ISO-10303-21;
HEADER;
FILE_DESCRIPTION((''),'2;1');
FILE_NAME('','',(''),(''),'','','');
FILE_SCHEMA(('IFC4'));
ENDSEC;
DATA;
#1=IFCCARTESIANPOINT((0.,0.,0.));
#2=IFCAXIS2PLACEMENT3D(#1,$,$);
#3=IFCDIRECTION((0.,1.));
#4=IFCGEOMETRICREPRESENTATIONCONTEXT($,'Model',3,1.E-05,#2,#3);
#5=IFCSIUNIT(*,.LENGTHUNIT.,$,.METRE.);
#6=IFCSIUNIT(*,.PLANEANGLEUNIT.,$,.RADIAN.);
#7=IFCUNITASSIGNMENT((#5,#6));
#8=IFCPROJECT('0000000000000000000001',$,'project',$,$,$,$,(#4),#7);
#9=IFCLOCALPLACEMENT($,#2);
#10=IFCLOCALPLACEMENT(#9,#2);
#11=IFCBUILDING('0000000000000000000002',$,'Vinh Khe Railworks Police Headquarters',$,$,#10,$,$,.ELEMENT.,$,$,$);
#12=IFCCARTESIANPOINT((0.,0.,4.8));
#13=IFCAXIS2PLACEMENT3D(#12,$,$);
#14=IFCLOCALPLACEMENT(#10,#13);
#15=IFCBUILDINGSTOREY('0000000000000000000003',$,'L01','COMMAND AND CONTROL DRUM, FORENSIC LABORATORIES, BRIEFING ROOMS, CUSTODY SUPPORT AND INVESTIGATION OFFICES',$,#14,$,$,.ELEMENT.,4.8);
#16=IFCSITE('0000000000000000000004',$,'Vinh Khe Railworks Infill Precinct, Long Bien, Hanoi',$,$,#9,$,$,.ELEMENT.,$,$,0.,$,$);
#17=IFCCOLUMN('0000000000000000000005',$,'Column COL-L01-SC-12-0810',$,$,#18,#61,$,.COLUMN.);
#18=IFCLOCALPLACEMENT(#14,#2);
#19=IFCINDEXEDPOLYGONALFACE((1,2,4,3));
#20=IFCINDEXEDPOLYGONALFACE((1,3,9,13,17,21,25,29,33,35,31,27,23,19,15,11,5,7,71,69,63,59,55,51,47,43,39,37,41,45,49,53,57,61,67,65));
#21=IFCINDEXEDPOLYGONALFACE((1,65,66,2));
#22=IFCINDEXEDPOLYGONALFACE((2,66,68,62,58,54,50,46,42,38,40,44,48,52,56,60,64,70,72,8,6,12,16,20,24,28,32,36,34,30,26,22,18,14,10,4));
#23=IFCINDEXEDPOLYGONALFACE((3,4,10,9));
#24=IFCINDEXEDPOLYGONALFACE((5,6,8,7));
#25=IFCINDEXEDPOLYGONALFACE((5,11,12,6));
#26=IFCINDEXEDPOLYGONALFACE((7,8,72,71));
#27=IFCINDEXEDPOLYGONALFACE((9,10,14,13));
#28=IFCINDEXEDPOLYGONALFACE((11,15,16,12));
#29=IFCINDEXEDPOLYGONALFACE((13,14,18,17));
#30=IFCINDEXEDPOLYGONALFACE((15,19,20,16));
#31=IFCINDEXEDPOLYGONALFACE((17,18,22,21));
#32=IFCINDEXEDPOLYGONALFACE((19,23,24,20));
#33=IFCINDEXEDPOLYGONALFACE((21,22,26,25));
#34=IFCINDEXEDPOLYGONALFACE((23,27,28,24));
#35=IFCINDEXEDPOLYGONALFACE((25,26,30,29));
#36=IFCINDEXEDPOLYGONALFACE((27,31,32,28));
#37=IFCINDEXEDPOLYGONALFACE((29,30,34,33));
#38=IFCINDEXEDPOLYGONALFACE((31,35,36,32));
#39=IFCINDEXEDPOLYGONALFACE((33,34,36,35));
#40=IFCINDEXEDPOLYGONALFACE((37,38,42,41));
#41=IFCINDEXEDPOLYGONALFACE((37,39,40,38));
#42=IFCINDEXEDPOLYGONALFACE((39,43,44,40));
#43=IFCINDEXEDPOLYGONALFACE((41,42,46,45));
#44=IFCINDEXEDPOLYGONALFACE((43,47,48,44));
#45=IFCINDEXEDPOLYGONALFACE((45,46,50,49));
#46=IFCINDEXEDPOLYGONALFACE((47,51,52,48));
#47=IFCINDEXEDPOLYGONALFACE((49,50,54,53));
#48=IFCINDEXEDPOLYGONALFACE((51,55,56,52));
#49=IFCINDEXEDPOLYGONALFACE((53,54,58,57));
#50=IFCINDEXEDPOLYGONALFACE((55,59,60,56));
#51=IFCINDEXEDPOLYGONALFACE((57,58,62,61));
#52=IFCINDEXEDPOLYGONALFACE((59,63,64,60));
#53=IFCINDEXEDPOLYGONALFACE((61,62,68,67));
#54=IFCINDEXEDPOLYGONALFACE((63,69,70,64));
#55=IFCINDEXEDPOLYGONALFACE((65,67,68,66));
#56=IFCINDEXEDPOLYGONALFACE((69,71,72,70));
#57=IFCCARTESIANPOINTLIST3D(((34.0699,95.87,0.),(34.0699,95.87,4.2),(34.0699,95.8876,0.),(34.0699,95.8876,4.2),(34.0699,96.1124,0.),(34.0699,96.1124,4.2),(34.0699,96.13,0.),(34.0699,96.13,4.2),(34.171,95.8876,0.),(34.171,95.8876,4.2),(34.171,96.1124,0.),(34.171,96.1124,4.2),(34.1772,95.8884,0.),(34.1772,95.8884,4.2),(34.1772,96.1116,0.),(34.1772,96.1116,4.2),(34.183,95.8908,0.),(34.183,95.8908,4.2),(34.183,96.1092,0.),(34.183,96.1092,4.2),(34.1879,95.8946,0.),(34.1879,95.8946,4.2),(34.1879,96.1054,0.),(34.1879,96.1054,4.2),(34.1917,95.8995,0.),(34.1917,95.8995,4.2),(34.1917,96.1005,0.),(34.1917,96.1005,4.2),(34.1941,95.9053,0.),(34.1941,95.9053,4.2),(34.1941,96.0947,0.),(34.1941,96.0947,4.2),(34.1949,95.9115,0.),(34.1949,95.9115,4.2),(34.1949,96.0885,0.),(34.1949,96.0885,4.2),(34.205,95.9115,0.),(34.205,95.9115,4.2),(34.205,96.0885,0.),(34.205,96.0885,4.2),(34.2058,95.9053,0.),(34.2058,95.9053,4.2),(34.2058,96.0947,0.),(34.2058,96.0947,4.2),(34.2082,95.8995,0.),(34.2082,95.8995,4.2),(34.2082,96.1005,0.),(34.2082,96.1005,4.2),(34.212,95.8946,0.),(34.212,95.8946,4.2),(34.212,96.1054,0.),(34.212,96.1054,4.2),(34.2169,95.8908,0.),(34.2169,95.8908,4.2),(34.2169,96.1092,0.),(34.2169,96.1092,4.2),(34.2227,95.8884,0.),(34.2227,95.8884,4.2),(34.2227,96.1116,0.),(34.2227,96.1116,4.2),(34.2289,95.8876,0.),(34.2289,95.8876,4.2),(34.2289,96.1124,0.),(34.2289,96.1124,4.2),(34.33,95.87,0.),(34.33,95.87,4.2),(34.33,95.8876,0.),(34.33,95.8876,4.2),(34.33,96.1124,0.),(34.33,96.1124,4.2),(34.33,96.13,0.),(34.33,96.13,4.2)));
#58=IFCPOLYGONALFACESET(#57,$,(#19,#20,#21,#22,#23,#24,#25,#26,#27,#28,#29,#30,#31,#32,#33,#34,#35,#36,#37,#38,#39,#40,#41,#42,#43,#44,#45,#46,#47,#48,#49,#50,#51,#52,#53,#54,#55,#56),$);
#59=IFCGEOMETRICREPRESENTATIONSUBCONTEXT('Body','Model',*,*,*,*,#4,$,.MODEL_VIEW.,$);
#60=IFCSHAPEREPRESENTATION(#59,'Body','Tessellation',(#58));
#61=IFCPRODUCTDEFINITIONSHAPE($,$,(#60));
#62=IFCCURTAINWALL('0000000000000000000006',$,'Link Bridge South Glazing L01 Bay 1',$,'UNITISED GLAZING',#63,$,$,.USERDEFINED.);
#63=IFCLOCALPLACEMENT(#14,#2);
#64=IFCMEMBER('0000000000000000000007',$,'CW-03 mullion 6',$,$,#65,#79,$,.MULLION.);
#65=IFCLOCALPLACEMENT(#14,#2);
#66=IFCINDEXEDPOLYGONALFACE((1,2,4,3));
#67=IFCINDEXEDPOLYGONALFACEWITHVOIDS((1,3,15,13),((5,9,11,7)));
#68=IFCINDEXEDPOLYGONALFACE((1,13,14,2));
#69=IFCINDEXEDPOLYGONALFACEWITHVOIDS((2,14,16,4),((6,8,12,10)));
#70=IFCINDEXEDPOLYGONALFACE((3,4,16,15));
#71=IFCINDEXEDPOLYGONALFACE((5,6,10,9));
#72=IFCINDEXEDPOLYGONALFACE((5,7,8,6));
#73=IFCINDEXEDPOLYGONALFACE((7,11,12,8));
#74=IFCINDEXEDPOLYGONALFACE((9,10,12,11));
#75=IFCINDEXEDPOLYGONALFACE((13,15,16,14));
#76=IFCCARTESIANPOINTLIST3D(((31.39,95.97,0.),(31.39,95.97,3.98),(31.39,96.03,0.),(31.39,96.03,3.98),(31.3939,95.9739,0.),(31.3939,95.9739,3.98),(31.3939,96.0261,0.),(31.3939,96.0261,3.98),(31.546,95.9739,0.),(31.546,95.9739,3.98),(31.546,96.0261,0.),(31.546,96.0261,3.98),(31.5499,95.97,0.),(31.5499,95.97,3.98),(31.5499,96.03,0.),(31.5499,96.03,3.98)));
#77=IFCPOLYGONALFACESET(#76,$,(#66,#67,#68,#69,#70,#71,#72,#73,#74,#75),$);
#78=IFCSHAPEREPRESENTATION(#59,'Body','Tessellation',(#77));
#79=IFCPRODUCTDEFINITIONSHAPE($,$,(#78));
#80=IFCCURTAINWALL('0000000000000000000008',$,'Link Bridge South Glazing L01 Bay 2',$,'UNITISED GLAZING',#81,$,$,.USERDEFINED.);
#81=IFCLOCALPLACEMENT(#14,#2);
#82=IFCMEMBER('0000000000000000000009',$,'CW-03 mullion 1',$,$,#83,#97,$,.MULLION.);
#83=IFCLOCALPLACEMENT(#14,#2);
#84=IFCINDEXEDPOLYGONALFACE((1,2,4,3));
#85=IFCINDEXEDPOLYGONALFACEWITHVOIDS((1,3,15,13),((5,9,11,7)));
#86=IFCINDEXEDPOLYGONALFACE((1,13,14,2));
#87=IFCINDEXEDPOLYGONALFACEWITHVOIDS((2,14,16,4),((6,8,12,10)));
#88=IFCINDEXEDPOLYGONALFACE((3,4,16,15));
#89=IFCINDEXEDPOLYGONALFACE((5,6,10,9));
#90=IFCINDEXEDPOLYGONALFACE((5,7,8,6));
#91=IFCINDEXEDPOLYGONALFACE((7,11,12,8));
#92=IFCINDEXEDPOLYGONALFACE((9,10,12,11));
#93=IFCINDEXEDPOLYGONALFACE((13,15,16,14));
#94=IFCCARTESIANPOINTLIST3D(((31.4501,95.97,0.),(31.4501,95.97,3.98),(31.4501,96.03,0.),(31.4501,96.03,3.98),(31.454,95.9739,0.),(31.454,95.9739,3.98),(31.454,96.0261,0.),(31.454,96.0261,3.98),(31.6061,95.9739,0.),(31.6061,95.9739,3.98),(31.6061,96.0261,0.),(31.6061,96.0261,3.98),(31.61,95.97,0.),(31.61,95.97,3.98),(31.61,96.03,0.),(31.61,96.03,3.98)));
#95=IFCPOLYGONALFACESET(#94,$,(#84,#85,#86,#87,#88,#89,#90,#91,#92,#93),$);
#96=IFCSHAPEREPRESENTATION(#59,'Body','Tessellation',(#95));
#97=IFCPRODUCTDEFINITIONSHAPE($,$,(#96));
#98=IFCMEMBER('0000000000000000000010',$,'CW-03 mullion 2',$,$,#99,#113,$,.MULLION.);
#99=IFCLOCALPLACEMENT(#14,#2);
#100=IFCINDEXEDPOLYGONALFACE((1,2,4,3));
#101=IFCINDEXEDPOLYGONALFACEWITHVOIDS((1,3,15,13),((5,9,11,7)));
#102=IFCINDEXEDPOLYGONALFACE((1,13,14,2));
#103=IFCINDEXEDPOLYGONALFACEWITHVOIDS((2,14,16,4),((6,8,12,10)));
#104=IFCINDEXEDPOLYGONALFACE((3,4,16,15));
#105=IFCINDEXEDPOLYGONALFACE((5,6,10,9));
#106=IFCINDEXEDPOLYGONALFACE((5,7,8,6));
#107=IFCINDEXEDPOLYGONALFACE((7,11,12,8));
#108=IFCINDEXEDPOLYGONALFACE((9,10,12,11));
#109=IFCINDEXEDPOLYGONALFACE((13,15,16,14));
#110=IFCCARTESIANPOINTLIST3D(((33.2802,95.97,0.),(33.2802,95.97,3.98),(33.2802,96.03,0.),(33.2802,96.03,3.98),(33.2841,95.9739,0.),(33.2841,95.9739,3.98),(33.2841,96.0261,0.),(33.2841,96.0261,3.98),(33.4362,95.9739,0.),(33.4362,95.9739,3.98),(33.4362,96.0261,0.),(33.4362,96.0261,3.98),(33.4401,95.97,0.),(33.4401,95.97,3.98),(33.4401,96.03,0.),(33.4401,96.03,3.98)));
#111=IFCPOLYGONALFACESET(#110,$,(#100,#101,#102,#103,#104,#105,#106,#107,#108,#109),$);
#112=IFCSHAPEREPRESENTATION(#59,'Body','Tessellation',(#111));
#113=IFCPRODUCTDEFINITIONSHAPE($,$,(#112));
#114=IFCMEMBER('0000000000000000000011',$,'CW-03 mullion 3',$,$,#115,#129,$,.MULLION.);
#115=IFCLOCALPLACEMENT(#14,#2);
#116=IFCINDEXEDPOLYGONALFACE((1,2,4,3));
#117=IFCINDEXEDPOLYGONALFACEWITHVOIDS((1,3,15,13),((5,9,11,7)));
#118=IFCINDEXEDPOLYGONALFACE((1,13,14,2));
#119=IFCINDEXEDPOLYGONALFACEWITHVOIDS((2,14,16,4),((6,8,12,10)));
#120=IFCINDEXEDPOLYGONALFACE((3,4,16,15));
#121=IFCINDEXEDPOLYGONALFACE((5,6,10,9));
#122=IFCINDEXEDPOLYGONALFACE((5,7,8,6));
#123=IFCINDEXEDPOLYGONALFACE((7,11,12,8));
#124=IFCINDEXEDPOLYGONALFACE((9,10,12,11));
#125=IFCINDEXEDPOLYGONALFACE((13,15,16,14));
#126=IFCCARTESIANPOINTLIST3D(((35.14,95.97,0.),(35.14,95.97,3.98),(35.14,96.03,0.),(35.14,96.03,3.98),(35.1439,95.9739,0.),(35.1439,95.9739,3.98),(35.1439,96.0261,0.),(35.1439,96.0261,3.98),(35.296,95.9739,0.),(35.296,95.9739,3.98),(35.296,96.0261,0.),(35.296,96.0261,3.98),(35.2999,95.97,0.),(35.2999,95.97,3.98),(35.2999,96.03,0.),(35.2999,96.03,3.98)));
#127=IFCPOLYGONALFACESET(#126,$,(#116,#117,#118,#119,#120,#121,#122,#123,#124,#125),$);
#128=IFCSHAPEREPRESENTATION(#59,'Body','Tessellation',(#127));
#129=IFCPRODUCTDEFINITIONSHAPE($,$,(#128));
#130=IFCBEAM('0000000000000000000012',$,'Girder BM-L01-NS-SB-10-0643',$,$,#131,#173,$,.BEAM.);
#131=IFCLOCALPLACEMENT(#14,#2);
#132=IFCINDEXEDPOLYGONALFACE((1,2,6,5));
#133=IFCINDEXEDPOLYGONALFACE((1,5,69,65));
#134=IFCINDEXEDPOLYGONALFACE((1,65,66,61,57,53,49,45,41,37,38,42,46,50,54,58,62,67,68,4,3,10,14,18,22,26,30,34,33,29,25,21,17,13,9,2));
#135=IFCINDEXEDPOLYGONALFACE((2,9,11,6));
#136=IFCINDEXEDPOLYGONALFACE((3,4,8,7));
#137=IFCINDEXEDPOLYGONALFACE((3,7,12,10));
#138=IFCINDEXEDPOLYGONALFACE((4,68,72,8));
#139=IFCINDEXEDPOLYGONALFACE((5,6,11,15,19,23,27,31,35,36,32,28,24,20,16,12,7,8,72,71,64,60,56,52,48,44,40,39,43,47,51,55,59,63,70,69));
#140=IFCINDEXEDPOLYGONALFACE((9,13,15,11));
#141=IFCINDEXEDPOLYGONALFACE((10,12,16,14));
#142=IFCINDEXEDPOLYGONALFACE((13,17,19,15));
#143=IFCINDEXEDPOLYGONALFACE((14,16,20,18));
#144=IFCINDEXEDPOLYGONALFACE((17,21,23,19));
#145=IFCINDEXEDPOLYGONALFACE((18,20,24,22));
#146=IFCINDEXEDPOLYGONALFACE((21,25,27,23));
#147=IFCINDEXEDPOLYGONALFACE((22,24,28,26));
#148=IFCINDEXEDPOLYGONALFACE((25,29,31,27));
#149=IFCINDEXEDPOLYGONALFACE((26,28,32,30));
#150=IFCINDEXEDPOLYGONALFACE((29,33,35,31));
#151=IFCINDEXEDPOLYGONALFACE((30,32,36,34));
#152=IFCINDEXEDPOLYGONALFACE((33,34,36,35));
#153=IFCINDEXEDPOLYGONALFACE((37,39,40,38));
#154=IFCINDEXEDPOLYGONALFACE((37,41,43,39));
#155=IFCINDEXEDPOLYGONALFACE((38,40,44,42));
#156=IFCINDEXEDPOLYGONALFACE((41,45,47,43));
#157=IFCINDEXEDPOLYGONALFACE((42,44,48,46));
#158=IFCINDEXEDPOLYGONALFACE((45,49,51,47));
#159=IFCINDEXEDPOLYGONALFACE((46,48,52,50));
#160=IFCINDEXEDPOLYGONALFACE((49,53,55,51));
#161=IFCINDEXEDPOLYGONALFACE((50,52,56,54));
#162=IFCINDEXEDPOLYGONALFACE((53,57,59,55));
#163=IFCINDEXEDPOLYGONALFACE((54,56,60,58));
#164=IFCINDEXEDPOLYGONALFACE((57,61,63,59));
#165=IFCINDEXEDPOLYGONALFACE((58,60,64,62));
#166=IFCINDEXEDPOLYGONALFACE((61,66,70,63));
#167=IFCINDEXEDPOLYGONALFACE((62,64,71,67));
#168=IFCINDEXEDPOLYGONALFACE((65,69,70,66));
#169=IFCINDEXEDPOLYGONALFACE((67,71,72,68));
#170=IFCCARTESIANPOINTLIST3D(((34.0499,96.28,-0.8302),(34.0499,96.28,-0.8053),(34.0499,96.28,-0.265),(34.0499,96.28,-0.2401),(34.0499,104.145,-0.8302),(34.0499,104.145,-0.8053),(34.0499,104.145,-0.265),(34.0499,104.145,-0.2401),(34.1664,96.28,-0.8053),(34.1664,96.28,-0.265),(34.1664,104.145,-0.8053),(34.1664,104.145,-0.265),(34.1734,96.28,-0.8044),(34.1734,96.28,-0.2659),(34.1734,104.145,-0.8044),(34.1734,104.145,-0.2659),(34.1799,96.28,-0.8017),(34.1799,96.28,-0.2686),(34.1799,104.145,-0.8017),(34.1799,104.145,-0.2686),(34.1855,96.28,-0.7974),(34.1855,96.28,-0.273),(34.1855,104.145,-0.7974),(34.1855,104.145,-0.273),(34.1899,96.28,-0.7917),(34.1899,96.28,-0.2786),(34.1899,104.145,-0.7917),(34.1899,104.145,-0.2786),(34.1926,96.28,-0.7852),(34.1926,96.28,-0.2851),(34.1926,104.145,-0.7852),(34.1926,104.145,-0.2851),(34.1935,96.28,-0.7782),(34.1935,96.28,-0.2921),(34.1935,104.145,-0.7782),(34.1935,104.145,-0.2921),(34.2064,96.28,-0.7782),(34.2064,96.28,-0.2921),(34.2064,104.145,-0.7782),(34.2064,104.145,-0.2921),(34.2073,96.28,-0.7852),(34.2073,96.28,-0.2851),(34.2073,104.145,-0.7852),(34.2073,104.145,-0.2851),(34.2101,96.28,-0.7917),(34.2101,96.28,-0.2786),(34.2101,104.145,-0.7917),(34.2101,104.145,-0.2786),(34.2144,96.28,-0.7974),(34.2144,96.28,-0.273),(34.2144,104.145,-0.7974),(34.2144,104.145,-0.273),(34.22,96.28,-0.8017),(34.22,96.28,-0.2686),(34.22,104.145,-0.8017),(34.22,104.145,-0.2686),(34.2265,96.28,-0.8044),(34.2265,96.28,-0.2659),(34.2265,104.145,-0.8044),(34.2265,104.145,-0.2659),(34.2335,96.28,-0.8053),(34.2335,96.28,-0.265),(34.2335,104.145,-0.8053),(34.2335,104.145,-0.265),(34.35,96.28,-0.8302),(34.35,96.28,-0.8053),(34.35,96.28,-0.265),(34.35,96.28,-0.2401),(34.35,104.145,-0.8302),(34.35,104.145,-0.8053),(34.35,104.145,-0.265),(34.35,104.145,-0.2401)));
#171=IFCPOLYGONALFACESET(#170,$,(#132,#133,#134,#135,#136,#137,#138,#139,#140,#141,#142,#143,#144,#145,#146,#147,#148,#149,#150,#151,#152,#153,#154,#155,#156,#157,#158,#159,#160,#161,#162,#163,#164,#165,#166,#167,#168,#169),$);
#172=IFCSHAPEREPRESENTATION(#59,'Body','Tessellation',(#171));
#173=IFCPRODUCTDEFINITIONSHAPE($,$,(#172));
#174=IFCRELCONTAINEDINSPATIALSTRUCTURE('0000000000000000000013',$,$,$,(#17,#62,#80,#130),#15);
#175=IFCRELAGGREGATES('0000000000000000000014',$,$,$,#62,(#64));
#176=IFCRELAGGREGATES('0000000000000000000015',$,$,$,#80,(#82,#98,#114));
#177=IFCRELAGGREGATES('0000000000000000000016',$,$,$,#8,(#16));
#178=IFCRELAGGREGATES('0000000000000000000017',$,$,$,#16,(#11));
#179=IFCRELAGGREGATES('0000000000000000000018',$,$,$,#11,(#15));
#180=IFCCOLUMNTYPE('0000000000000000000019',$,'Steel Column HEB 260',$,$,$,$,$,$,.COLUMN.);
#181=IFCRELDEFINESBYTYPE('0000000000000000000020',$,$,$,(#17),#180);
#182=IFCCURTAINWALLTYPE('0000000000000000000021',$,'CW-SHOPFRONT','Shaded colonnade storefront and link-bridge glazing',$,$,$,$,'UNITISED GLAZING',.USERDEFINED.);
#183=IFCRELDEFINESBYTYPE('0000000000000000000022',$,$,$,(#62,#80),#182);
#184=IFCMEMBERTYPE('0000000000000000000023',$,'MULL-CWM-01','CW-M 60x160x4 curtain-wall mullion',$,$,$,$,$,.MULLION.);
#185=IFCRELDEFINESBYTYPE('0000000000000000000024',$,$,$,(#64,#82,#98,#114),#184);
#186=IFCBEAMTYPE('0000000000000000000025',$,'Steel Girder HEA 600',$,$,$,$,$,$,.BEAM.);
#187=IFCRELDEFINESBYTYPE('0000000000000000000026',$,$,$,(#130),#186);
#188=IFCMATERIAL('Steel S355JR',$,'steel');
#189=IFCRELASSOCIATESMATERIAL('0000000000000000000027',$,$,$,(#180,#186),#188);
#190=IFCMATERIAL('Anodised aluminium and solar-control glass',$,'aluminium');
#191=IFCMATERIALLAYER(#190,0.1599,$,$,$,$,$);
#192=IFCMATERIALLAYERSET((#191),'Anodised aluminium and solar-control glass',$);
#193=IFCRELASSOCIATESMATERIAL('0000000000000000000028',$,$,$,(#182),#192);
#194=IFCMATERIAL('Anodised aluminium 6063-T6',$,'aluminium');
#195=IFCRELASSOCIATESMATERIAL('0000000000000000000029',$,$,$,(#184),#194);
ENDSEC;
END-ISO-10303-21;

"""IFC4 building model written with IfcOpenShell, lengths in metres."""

from ifc_helpers import new_model, si_unit, direction, frame, origin, origin_2d, place, context, subcontext, project, spatial, hollow_rectangle, i_section, extrude, material, layer, layer_set, material_profile, profile_set, type_object, element, aggregate, save


model = new_model("IFC4")

# Units and contexts
model_context = context("Model", 3, precision=1e-05, world=origin(), true_north=direction((0.0, 1.0)))
body_context = subcontext(model_context, "Body", "Model", "MODEL_VIEW")
ifc_project = project(units=[si_unit("LENGTHUNIT", "METRE"), si_unit("PLANEANGLEUNIT", "RADIAN")], contexts=[model_context])

# Site, building, storey
site_placement = place(None, origin())
site = spatial("IfcSite", under=ifc_project, at=site_placement, Name="Vinh Khe Railworks Infill Precinct, Long Bien, Hanoi", CompositionType="ELEMENT", RefElevation=0.0)
building_placement = place(site_placement, origin())
building = spatial("IfcBuilding", under=site, at=building_placement, Name="Vinh Khe Railworks Police Headquarters", CompositionType="ELEMENT")
storey_placement = place(building_placement, frame((0.0, 0.0, 4.8)))
storey = spatial("IfcBuildingStorey", under=building, at=storey_placement, Name="L01", Description="COMMAND AND CONTROL DRUM, FORENSIC LABORATORIES, BRIEFING ROOMS, CUSTODY SUPPORT AND INVESTIGATION OFFICES", CompositionType="ELEMENT", Elevation=4.8)

# Column
ifc_material_1 = material(Name="Steel S355JR", Category="steel")
ifc_material_profile_1 = material_profile(ifc_material_1, i_section(OverallWidth=0.26, OverallDepth=0.26, WebThickness=0.01, FlangeThickness=0.0176, FilletRadius=0.0239, at=origin_2d()), Name="HEB 260")
ifc_profile_set_1 = profile_set([ifc_material_profile_1], Name="Steel S355JR")
column_type = type_object("IfcColumnType", Name="Steel Column HEB 260", PredefinedType="COLUMN", material=ifc_profile_set_1)
column_placement = place(storey_placement, frame((34.2, 96.0, 0.0), z_axis=(0.0, 0.0, 1.0), x_axis=(1.0, 0.0, 0.0)))
element("IfcColumn", 1, at=column_placement, inside=storey, type_object=column_type, Name="Column COL-L01-SC-12-0810", PredefinedType="COLUMN", context=body_context, shape_type="SweptSolid", body=[
    extrude(i_section(OverallWidth=0.26, OverallDepth=0.26, WebThickness=0.01, FlangeThickness=0.0176, FilletRadius=0.0239, at=origin_2d()), origin(), (0.0, 0.0, 1.0), 4.2),
])

# Curtain wall, member
ifc_material_2 = material(Name="Anodised aluminium and solar-control glass", Category="aluminium")
ifc_layer_1 = layer(ifc_material_2, 0.1599)
ifc_layer_set_1 = layer_set([ifc_layer_1], Name="Anodised aluminium and solar-control glass")
curtain_wall_type = type_object("IfcCurtainWallType", Name="CW-SHOPFRONT", Description="Shaded colonnade storefront and link-bridge glazing", ElementType="UNITISED GLAZING", PredefinedType="USERDEFINED", material=ifc_layer_set_1)
curtain_wall_1_placement = place(storey_placement, origin())
curtain_wall_1 = element("IfcCurtainWall", 2, at=curtain_wall_1_placement, inside=storey, type_object=curtain_wall_type, Name="Link Bridge South Glazing L01 Bay 1", ObjectType="UNITISED GLAZING", PredefinedType="USERDEFINED")
ifc_material_3 = material(Name="Anodised aluminium 6063-T6", Category="aluminium")
ifc_material_profile_2 = material_profile(ifc_material_3, hollow_rectangle(XDim=0.0601, YDim=0.1599, WallThickness=0.0039, at=origin_2d()), Name="CW-M 60x160x4")
ifc_profile_set_2 = profile_set([ifc_material_profile_2], Name="Anodised aluminium 6063-T6")
member_type_1 = type_object("IfcMemberType", Name="MULL-CWM-01", Description="CW-M 60x160x4 curtain-wall mullion", PredefinedType="MULLION", material=ifc_profile_set_2)
member_1_placement = place(storey_placement, frame((31.47, 96.0, 0.0), z_axis=(0.0, 0.0, 1.0), x_axis=(0.0, 1.0, 0.0)))
member_1 = element("IfcMember", 3, at=member_1_placement, type_object=member_type_1, Name="CW-03 mullion 6", PredefinedType="MULLION", context=body_context, shape_type="SweptSolid", body=[
    extrude(hollow_rectangle(XDim=0.0601, YDim=0.1599, WallThickness=0.0039, at=origin_2d()), origin(), (0.0, 0.0, 1.0), 3.98),
])

# Curtain wall, members
curtain_wall_2_placement = place(storey_placement, origin())
curtain_wall_2 = element("IfcCurtainWall", 4, at=curtain_wall_2_placement, inside=storey, type_object=curtain_wall_type, Name="Link Bridge South Glazing L01 Bay 2", ObjectType="UNITISED GLAZING", PredefinedType="USERDEFINED")
member_2_placement = place(storey_placement, frame((31.53, 96.0, 0.0), z_axis=(0.0, 0.0, 1.0), x_axis=(0.0, 1.0, 0.0)))
member_2 = element("IfcMember", 5, at=member_2_placement, type_object=member_type_1, Name="CW-03 mullion 1", PredefinedType="MULLION", context=body_context, shape_type="SweptSolid", body=[
    extrude(hollow_rectangle(XDim=0.0601, YDim=0.1599, WallThickness=0.0039, at=origin_2d()), origin(), (0.0, 0.0, 1.0), 3.98),
])
member_3_placement = place(storey_placement, frame((33.3601, 96.0, 0.0), z_axis=(0.0, 0.0, 1.0), x_axis=(0.0, 1.0, 0.0)))
member_3 = element("IfcMember", 6, at=member_3_placement, type_object=member_type_1, Name="CW-03 mullion 2", PredefinedType="MULLION", context=body_context, shape_type="SweptSolid", body=[
    extrude(hollow_rectangle(XDim=0.0601, YDim=0.1599, WallThickness=0.0039, at=origin_2d()), origin(), (0.0, 0.0, 1.0), 3.98),
])
member_4_placement = place(storey_placement, frame((35.22, 96.0, 0.0), z_axis=(0.0, 0.0, 1.0), x_axis=(0.0, 1.0, 0.0)))
member_4 = element("IfcMember", 7, at=member_4_placement, type_object=member_type_1, Name="CW-03 mullion 3", PredefinedType="MULLION", context=body_context, shape_type="SweptSolid", body=[
    extrude(hollow_rectangle(XDim=0.0601, YDim=0.1599, WallThickness=0.0039, at=origin_2d()), origin(), (0.0, 0.0, 1.0), 3.98),
])

# Beam
ifc_material_profile_3 = material_profile(ifc_material_1, i_section(OverallWidth=0.3, OverallDepth=0.5901, WebThickness=0.0129, FlangeThickness=0.0249, FilletRadius=0.0271, at=origin_2d()), Name="HEA 600")
ifc_profile_set_3 = profile_set([ifc_material_profile_3], Name="Steel S355JR")
beam_type_1 = type_object("IfcBeamType", Name="Steel Girder HEA 600", PredefinedType="BEAM", material=ifc_profile_set_3)
beam_1_placement = place(storey_placement, frame((34.2, 96.28, -0.5352), z_axis=(0.0, 1.0, 0.0), x_axis=(-1.0, 0.0, 0.0)))
element("IfcBeam", 8, at=beam_1_placement, inside=storey, type_object=beam_type_1, Name="Girder BM-L01-NS-SB-10-0643", PredefinedType="BEAM", context=body_context, shape_type="SweptSolid", body=[
    extrude(i_section(OverallWidth=0.3, OverallDepth=0.5901, WebThickness=0.0129, FlangeThickness=0.0249, FilletRadius=0.0271, at=origin_2d()), origin(), (0.0, 0.0, 1.0), 7.865),
])

aggregate(curtain_wall_1, [member_1])
aggregate(curtain_wall_2, [member_2, member_3, member_4])

save(model, "model.ifc")
